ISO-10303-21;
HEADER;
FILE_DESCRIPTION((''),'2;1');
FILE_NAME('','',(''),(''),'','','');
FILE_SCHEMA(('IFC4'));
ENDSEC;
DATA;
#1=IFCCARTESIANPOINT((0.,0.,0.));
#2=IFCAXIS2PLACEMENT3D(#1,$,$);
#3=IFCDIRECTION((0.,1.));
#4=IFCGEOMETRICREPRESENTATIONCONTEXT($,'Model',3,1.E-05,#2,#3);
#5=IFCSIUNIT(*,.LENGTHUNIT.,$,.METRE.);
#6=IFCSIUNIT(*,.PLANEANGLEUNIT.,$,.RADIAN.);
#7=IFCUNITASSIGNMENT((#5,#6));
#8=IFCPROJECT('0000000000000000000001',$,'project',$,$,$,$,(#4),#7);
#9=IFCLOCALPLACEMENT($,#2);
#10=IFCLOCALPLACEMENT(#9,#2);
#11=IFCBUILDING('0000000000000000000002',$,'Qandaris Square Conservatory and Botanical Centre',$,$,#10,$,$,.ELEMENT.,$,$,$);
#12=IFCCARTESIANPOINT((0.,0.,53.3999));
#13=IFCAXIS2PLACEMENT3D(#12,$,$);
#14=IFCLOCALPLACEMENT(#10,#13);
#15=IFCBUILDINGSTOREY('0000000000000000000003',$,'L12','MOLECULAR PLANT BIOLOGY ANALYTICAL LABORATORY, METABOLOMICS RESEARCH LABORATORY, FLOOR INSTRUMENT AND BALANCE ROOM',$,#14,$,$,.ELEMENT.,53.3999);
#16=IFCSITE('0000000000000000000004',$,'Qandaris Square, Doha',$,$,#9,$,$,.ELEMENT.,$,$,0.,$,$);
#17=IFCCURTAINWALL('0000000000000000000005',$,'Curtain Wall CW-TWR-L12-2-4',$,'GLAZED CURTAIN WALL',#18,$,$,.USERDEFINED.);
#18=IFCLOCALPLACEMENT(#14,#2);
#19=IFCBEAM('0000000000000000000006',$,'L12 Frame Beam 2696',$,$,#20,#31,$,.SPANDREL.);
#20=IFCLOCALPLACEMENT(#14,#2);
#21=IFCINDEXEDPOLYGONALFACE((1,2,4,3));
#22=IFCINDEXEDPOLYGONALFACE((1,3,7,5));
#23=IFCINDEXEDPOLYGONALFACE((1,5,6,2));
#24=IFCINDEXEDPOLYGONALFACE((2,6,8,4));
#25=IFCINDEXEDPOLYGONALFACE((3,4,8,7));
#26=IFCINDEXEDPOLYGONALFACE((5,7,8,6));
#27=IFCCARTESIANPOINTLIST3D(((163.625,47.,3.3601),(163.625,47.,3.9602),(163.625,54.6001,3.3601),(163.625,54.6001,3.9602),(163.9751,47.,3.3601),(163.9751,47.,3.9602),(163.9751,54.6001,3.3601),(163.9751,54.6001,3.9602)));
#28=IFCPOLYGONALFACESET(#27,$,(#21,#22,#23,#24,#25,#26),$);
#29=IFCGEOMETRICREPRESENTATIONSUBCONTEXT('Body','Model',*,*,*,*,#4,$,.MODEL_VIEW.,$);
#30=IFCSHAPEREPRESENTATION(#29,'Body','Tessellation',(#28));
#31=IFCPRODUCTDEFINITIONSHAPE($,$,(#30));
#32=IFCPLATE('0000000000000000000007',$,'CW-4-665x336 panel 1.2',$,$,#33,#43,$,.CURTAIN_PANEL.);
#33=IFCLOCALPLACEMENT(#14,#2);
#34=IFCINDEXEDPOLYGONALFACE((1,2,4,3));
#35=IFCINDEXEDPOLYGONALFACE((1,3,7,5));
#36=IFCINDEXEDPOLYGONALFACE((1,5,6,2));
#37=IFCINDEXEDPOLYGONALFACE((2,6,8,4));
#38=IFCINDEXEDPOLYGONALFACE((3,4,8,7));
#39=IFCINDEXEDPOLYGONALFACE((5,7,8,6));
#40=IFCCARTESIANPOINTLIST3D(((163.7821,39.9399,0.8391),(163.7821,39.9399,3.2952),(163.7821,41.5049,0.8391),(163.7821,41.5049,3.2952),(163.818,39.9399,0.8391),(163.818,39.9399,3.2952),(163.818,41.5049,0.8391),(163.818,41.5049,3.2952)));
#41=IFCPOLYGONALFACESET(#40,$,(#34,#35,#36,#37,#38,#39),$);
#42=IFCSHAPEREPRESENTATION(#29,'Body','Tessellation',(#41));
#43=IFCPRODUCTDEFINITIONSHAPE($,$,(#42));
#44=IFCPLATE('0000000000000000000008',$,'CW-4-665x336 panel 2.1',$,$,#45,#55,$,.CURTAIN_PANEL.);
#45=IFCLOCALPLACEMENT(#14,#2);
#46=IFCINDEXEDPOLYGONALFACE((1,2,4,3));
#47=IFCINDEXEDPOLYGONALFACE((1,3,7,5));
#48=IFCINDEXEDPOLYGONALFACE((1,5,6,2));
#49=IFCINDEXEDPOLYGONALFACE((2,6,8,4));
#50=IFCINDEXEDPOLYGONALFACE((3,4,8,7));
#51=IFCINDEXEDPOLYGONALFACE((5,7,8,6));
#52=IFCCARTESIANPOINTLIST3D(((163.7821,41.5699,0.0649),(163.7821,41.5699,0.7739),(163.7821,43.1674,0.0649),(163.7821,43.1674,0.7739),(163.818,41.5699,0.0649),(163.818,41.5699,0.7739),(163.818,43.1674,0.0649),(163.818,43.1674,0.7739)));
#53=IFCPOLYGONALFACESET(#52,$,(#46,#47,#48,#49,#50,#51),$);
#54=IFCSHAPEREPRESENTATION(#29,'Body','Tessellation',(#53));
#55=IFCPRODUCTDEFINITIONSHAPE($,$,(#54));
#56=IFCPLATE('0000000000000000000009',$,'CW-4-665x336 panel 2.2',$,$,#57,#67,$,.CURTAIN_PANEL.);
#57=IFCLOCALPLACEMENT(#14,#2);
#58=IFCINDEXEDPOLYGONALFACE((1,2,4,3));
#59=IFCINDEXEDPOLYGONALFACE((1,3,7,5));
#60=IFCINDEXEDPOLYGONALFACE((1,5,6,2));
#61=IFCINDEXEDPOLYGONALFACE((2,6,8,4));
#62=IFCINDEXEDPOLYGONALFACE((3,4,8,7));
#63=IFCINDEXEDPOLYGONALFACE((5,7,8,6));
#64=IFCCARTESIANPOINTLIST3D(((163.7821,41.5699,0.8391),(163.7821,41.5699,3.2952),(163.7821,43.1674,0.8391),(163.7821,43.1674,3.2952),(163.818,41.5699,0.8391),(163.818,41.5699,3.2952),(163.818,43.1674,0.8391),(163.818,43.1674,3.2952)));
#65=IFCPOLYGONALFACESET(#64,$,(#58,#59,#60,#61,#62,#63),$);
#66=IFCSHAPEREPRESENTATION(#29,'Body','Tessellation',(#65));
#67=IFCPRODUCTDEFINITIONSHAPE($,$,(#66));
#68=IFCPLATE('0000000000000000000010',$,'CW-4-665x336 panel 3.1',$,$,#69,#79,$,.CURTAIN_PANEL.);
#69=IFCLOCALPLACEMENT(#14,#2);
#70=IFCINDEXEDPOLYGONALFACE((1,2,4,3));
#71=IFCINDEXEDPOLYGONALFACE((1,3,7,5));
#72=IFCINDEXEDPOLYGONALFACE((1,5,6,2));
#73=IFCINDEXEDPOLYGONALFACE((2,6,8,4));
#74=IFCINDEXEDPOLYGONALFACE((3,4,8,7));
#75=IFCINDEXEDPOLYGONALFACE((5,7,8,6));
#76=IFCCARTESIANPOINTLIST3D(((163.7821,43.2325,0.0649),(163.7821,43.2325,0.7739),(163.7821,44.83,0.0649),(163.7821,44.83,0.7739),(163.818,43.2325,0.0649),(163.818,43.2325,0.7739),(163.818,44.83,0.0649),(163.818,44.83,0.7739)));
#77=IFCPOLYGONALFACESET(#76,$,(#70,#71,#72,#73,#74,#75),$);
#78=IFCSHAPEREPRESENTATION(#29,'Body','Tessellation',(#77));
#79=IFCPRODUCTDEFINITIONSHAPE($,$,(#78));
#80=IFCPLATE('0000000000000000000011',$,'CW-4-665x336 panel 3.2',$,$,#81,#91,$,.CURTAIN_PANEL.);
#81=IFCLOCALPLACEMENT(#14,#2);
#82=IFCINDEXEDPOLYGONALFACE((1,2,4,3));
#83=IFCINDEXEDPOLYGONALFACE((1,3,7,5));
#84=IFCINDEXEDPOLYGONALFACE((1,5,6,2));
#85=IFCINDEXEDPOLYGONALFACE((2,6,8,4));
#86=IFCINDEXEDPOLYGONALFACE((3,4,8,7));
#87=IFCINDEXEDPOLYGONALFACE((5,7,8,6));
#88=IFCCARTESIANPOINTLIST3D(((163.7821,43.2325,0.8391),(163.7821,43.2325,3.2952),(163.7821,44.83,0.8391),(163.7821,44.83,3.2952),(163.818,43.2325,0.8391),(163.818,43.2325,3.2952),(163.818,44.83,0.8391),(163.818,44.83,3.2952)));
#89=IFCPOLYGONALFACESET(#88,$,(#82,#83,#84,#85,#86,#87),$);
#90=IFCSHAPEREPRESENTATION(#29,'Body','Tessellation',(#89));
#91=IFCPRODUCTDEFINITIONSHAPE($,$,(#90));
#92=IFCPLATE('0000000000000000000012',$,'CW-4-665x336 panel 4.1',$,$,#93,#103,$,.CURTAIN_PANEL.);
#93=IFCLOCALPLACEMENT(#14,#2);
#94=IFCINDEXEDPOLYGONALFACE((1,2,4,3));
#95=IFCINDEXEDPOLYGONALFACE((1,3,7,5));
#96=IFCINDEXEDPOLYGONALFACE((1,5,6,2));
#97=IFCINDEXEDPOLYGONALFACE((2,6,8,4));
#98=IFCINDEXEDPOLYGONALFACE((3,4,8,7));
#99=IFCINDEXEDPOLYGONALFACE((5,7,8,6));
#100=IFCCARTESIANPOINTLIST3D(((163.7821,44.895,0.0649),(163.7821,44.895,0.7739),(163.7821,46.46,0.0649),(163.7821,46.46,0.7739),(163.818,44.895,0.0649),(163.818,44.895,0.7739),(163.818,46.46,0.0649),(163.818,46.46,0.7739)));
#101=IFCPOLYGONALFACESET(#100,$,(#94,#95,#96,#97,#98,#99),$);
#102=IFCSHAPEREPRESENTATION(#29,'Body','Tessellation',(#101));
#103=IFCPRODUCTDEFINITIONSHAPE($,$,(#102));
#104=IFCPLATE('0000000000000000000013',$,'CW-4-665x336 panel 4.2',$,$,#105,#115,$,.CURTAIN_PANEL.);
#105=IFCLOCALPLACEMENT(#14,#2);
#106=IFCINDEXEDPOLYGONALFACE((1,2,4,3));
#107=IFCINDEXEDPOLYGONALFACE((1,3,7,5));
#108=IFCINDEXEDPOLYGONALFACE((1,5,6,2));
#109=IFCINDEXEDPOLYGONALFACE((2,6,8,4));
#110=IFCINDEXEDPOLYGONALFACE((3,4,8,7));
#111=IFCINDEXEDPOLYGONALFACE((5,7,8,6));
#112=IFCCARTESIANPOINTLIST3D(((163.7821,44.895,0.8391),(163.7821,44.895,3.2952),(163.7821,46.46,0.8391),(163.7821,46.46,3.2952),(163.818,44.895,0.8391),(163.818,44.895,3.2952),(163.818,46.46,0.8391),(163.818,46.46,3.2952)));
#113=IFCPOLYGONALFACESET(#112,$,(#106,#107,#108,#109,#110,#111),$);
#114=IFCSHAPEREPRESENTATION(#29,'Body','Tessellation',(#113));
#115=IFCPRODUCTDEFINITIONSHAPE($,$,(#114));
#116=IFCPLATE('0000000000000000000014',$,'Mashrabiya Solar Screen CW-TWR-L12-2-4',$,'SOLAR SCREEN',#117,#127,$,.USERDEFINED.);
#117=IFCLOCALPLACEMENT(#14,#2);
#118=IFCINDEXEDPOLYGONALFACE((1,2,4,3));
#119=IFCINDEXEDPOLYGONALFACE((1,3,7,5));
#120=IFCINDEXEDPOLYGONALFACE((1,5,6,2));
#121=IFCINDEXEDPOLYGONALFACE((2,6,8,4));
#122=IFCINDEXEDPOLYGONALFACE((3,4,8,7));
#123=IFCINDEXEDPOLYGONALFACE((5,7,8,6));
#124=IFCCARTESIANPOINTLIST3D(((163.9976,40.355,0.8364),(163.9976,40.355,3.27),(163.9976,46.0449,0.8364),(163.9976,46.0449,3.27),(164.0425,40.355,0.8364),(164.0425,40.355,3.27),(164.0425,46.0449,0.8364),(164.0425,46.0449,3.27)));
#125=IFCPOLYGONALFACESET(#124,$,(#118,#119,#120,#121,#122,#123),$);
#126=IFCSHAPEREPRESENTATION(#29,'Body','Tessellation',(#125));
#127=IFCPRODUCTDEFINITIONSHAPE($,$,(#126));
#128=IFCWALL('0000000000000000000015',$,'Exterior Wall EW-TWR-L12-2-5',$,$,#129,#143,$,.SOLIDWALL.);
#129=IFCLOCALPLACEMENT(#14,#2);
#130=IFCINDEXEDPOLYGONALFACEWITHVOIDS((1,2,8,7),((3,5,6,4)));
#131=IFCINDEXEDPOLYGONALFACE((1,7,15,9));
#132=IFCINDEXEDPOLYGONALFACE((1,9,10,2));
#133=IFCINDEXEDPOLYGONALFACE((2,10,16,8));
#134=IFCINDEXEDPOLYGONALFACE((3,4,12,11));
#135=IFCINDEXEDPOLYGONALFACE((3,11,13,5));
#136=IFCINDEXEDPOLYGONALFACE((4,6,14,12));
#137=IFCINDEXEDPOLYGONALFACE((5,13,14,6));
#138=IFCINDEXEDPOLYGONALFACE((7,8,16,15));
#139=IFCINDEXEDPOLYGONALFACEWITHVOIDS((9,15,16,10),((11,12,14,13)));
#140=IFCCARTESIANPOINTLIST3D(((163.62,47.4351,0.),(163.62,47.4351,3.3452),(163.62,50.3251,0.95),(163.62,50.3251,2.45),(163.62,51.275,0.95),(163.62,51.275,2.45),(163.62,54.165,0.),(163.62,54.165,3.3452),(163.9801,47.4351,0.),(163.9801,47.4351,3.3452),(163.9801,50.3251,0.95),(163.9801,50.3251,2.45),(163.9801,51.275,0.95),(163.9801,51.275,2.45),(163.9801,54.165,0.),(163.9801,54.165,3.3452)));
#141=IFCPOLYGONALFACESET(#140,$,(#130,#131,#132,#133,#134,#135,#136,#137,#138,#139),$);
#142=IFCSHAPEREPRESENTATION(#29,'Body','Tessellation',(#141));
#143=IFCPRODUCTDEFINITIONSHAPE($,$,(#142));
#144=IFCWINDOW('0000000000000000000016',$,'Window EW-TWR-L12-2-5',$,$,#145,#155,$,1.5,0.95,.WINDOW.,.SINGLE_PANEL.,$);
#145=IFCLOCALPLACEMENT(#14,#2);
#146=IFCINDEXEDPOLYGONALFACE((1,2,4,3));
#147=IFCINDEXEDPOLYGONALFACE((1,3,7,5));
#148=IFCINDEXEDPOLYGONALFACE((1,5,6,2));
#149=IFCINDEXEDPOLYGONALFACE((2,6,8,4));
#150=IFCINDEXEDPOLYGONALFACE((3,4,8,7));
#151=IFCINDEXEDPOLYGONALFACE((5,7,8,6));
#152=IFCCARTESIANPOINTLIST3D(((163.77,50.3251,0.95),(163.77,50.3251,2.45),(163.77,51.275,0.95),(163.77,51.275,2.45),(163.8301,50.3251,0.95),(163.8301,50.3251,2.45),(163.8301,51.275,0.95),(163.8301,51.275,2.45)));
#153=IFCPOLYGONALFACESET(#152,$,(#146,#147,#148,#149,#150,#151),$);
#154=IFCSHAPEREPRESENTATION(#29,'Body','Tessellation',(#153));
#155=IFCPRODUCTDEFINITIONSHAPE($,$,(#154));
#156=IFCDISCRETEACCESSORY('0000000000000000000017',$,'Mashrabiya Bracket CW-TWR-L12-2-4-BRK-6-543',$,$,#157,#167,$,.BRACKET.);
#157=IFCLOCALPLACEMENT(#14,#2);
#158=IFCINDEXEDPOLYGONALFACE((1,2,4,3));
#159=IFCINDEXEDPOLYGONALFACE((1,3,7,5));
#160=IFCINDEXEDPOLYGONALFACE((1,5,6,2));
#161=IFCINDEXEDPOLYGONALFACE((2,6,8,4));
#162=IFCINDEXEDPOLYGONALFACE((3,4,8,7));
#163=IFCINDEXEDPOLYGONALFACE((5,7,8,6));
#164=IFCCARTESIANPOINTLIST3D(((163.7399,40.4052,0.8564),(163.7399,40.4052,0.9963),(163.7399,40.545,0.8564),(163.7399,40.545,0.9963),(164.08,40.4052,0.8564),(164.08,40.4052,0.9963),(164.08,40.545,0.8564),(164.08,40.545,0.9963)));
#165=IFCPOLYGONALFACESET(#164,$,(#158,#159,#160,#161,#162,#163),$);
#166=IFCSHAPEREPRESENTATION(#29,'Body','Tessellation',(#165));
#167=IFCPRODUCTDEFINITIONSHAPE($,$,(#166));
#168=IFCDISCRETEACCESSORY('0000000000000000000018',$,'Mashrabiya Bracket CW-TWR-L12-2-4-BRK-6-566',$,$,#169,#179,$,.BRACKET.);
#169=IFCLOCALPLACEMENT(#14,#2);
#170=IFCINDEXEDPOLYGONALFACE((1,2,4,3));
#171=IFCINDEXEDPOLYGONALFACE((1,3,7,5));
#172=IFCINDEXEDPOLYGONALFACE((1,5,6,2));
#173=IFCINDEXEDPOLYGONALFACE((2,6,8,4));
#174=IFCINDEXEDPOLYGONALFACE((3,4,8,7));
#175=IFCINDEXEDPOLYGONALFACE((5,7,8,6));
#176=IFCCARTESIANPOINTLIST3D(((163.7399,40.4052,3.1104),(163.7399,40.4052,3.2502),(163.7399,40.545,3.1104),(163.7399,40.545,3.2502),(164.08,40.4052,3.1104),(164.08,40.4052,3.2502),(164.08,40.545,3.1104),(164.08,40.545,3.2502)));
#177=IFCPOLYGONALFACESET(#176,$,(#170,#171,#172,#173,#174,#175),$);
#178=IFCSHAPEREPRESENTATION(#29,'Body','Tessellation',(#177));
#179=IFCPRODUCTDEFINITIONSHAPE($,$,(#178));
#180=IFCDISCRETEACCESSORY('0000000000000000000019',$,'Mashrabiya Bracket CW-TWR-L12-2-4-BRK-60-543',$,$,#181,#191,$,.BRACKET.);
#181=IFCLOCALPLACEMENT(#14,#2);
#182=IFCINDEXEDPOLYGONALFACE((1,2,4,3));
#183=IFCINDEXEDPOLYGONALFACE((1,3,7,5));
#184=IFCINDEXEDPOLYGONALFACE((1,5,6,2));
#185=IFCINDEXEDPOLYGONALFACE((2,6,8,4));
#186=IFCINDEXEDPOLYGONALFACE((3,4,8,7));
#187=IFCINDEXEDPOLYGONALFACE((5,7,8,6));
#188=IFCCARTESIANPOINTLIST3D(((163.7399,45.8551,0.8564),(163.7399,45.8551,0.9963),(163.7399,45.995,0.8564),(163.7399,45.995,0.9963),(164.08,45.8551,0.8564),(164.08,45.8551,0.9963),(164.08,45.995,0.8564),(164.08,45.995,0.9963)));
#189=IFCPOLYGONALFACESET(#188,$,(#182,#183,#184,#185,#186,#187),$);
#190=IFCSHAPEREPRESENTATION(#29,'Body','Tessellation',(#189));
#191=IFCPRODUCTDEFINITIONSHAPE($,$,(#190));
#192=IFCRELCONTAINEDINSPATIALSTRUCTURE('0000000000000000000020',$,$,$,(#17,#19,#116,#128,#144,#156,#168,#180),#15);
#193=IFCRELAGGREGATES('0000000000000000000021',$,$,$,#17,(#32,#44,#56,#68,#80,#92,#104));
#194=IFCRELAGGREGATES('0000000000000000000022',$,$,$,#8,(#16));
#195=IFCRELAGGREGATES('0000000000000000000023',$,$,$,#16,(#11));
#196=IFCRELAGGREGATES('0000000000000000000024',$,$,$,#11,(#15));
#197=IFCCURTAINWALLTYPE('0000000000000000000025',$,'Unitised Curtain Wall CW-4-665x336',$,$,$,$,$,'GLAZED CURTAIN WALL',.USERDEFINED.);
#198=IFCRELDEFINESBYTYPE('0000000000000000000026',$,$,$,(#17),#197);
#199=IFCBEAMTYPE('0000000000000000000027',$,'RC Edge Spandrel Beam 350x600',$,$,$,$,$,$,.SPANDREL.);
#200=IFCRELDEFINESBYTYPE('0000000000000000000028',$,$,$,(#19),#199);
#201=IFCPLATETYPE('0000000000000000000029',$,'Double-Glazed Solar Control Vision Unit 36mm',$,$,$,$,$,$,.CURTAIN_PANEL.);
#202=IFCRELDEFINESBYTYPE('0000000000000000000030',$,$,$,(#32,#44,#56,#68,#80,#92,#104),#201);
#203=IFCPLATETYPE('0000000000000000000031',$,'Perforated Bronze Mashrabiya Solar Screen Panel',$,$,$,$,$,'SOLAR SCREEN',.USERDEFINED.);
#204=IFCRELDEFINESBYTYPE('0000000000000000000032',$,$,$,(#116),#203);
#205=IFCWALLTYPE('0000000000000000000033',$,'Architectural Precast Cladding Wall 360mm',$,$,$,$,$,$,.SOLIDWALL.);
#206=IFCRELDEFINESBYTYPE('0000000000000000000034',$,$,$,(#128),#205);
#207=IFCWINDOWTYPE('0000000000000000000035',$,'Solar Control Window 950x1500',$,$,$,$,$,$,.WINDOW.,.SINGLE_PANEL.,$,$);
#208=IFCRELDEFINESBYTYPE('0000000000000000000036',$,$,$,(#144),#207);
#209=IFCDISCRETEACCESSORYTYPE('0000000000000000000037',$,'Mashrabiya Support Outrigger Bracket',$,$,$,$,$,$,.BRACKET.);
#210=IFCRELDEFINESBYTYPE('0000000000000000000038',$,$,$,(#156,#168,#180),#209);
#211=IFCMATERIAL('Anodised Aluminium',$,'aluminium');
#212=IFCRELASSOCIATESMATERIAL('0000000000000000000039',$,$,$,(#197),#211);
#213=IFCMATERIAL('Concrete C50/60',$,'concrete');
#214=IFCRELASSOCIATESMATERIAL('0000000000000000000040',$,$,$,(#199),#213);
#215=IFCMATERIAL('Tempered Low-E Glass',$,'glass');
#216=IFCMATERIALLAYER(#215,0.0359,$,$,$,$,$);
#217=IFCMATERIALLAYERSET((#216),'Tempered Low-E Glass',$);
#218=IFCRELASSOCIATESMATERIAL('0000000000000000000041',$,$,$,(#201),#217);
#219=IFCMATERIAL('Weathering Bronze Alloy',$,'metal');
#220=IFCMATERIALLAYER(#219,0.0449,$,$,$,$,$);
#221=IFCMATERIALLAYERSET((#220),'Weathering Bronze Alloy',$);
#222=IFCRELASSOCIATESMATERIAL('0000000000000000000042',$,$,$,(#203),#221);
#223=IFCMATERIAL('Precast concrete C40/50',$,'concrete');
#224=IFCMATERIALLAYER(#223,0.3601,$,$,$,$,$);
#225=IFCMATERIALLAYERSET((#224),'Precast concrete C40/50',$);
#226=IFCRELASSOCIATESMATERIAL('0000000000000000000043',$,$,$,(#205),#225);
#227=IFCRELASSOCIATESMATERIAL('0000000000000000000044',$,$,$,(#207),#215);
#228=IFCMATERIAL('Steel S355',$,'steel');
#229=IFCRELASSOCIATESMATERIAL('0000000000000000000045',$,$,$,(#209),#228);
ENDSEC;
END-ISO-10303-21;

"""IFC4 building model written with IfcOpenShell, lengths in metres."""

from ifc_helpers import new_model, si_unit, direction, frame, frame_2d, origin, origin_2d, place, context, subcontext, project, spatial, rectangle, extrude, material, layer, layer_set, material_profile, profile_set, type_object, element, fill, aggregate, save


model = new_model("IFC4")

# Units and contexts
model_context = context("Model", 3, precision=1e-05, world=origin(), true_north=direction((0.0, 1.0)))
body_context = subcontext(model_context, "Body", "Model", "MODEL_VIEW")
ifc_project = project(units=[si_unit("LENGTHUNIT", "METRE"), si_unit("PLANEANGLEUNIT", "RADIAN")], contexts=[model_context])

# Site, building, storey
site_placement = place(None, origin())
site = spatial("IfcSite", under=ifc_project, at=site_placement, Name="Qandaris Square, Doha", CompositionType="ELEMENT", RefElevation=0.0)
building_placement = place(site_placement, origin())
building = spatial("IfcBuilding", under=site, at=building_placement, Name="Qandaris Square Conservatory and Botanical Centre", CompositionType="ELEMENT")
storey_placement = place(building_placement, frame((0.0, 0.0, 53.3999)))
storey = spatial("IfcBuildingStorey", under=building, at=storey_placement, Name="L12", Description="MOLECULAR PLANT BIOLOGY ANALYTICAL LABORATORY, METABOLOMICS RESEARCH LABORATORY, FLOOR INSTRUMENT AND BALANCE ROOM", CompositionType="ELEMENT", Elevation=53.3999)

# Shared definitions
ifc_material_1 = material(Name="Concrete C50/60", Category="concrete")

# Curtain wall
ifc_material_2 = material(Name="Anodised Aluminium", Category="aluminium")
curtain_wall_type = type_object("IfcCurtainWallType", Name="Unitised Curtain Wall CW-4-665x336", ElementType="GLAZED CURTAIN WALL", PredefinedType="USERDEFINED", material=ifc_material_2)
curtain_wall_placement = place(storey_placement, origin())
curtain_wall = element("IfcCurtainWall", 1, at=curtain_wall_placement, inside=storey, type_object=curtain_wall_type, Name="Curtain Wall CW-TWR-L12-2-4", ObjectType="GLAZED CURTAIN WALL", PredefinedType="USERDEFINED")

# Beam
ifc_material_profile_1 = material_profile(ifc_material_1, rectangle(XDim=0.3501, YDim=0.6001, at=origin_2d()), Name="RC-SP 350x600")
ifc_profile_set_1 = profile_set([ifc_material_profile_1], Name="Concrete C50/60")
beam_type = type_object("IfcBeamType", Name="RC Edge Spandrel Beam 350x600", PredefinedType="SPANDREL", material=ifc_profile_set_1)
beam_placement = place(storey_placement, frame((163.8, 47.0, 3.6602), z_axis=(0.0, 1.0, 0.0), x_axis=(-1.0, 0.0, 0.0)))
element("IfcBeam", 2, at=beam_placement, inside=storey, type_object=beam_type, Name="L12 Frame Beam 2696", PredefinedType="SPANDREL", context=body_context, shape_type="SweptSolid", body=[
    extrude(rectangle(XDim=0.3501, YDim=0.6001, at=origin_2d()), origin(), (0.0, 0.0, 1.0), 7.6001),
])

# Plates
ifc_material_3 = material(Name="Tempered Low-E Glass", Category="glass")
ifc_layer_1 = layer(ifc_material_3, 0.0359)
ifc_layer_set_1 = layer_set([ifc_layer_1], Name="Tempered Low-E Glass")
plate_type_1 = type_object("IfcPlateType", Name="Double-Glazed Solar Control Vision Unit 36mm", PredefinedType="CURTAIN_PANEL", material=ifc_layer_set_1)
plate_1_placement = place(storey_placement, frame((163.8, 40.7224, 0.8391), z_axis=(0.0, 0.0, 1.0), x_axis=(0.0, 1.0, 0.0)))
plate_1 = element("IfcPlate", 3, at=plate_1_placement, type_object=plate_type_1, Name="CW-4-665x336 panel 1.2", PredefinedType="CURTAIN_PANEL", context=body_context, shape_type="SweptSolid", body=[
    extrude(rectangle(XDim=1.5649, YDim=0.0359, at=origin_2d()), origin(), (0.0, 0.0, 1.0), 2.4561),
])
plate_2_placement = place(storey_placement, frame((163.8, 42.3687, 0.0649), z_axis=(0.0, 0.0, 1.0), x_axis=(0.0, 1.0, 0.0)))
plate_2 = element("IfcPlate", 4, at=plate_2_placement, type_object=plate_type_1, Name="CW-4-665x336 panel 2.1", PredefinedType="CURTAIN_PANEL", context=body_context, shape_type="SweptSolid", body=[
    extrude(rectangle(XDim=1.5974, YDim=0.0359, at=origin_2d()), origin(), (0.0, 0.0, 1.0), 0.709),
])
plate_3_placement = place(storey_placement, frame((163.8, 42.3687, 0.8391), z_axis=(0.0, 0.0, 1.0), x_axis=(0.0, 1.0, 0.0)))
plate_3 = element("IfcPlate", 5, at=plate_3_placement, type_object=plate_type_1, Name="CW-4-665x336 panel 2.2", PredefinedType="CURTAIN_PANEL", context=body_context, shape_type="SweptSolid", body=[
    extrude(rectangle(XDim=1.5974, YDim=0.0359, at=origin_2d()), origin(), (0.0, 0.0, 1.0), 2.4561),
])
plate_4_placement = place(storey_placement, frame((163.8, 44.0312, 0.0649), z_axis=(0.0, 0.0, 1.0), x_axis=(0.0, 1.0, 0.0)))
plate_4 = element("IfcPlate", 6, at=plate_4_placement, type_object=plate_type_1, Name="CW-4-665x336 panel 3.1", PredefinedType="CURTAIN_PANEL", context=body_context, shape_type="SweptSolid", body=[
    extrude(rectangle(XDim=1.5974, YDim=0.0359, at=origin_2d()), origin(), (0.0, 0.0, 1.0), 0.709),
])
plate_5_placement = place(storey_placement, frame((163.8, 44.0312, 0.8391), z_axis=(0.0, 0.0, 1.0), x_axis=(0.0, 1.0, 0.0)))
plate_5 = element("IfcPlate", 7, at=plate_5_placement, type_object=plate_type_1, Name="CW-4-665x336 panel 3.2", PredefinedType="CURTAIN_PANEL", context=body_context, shape_type="SweptSolid", body=[
    extrude(rectangle(XDim=1.5974, YDim=0.0359, at=origin_2d()), origin(), (0.0, 0.0, 1.0), 2.4561),
])
plate_6_placement = place(storey_placement, frame((163.8, 45.6775, 0.0649), z_axis=(0.0, 0.0, 1.0), x_axis=(0.0, 1.0, 0.0)))
plate_6 = element("IfcPlate", 8, at=plate_6_placement, type_object=plate_type_1, Name="CW-4-665x336 panel 4.1", PredefinedType="CURTAIN_PANEL", context=body_context, shape_type="SweptSolid", body=[
    extrude(rectangle(XDim=1.5649, YDim=0.0359, at=origin_2d()), origin(), (0.0, 0.0, 1.0), 0.709),
])
plate_7_placement = place(storey_placement, frame((163.8, 45.6775, 0.8391), z_axis=(0.0, 0.0, 1.0), x_axis=(0.0, 1.0, 0.0)))
plate_7 = element("IfcPlate", 9, at=plate_7_placement, type_object=plate_type_1, Name="CW-4-665x336 panel 4.2", PredefinedType="CURTAIN_PANEL", context=body_context, shape_type="SweptSolid", body=[
    extrude(rectangle(XDim=1.5649, YDim=0.0359, at=origin_2d()), origin(), (0.0, 0.0, 1.0), 2.4561),
])
aggregate(curtain_wall, [plate_1, plate_2, plate_3, plate_4, plate_5, plate_6, plate_7])
ifc_material_4 = material(Name="Weathering Bronze Alloy", Category="metal")
ifc_layer_2 = layer(ifc_material_4, 0.0449)
ifc_layer_set_2 = layer_set([ifc_layer_2], Name="Weathering Bronze Alloy")
plate_type_2 = type_object("IfcPlateType", Name="Perforated Bronze Mashrabiya Solar Screen Panel", ElementType="SOLAR SCREEN", PredefinedType="USERDEFINED", material=ifc_layer_set_2)
plate_8_placement = place(storey_placement, frame((164.02, 43.2, 0.8364), z_axis=(0.0, 0.0, 1.0), x_axis=(0.0, 1.0, 0.0)))
element("IfcPlate", 10, at=plate_8_placement, inside=storey, type_object=plate_type_2, Name="Mashrabiya Solar Screen CW-TWR-L12-2-4", ObjectType="SOLAR SCREEN", PredefinedType="USERDEFINED", context=body_context, shape_type="SweptSolid", body=[
    extrude(rectangle(XDim=5.6899, YDim=0.0449, at=origin_2d()), origin(), (0.0, 0.0, 1.0), 2.4336),
])

# Wall, opening, window
ifc_material_5 = material(Name="Precast concrete C40/50", Category="concrete")
ifc_layer_3 = layer(ifc_material_5, 0.3601)
ifc_layer_set_3 = layer_set([ifc_layer_3], Name="Precast concrete C40/50")
wall_type = type_object("IfcWallType", Name="Architectural Precast Cladding Wall 360mm", PredefinedType="SOLIDWALL", material=ifc_layer_set_3)
wall_placement = place(storey_placement, frame((163.8, 47.4351, 0.0), z_axis=(0.0, 0.0, 1.0), x_axis=(0.0, 1.0, 0.0)))
wall = element("IfcWall", 11, at=wall_placement, inside=storey, type_object=wall_type, Name="Exterior Wall EW-TWR-L12-2-5", PredefinedType="SOLIDWALL", context=body_context, shape_type="SweptSolid", body=[
    extrude(rectangle(XDim=6.73, YDim=0.3601, at=frame_2d((3.365, 0.0))), origin(), (0.0, 0.0, 1.0), 3.3452),
])
opening_placement = place(wall_placement, frame((2.8899, 0.0, 0.95)))
opening = element("IfcOpeningElement", 12, at=opening_placement, cuts=wall, PredefinedType="OPENING", context=body_context, shape_type="SweptSolid", body=[
    extrude(rectangle(XDim=0.95, YDim=1.5, at=frame_2d((0.4751, 0.75))), frame((0.0, 0.1919, 0.0), z_axis=(0.0, -1.0, 0.0), x_axis=(1.0, 0.0, 0.0)), (0.0, 0.0, 1.0), 0.384),
])
window_type = type_object("IfcWindowType", Name="Solar Control Window 950x1500", PartitioningType="SINGLE_PANEL", PredefinedType="WINDOW", material=ifc_material_3)
window_placement = place(opening_placement, origin())
window = element("IfcWindow", 13, at=window_placement, inside=storey, type_object=window_type, Name="Window EW-TWR-L12-2-5", OverallHeight=1.5, OverallWidth=0.95, PartitioningType="SINGLE_PANEL", PredefinedType="WINDOW", context=body_context, shape_type="SweptSolid", body=[
    extrude(rectangle(XDim=0.95, YDim=1.5, at=frame_2d((0.4751, 0.75))), frame((0.0, 0.03, 0.0), z_axis=(0.0, -1.0, 0.0), x_axis=(1.0, 0.0, 0.0)), (0.0, 0.0, 1.0), 0.0601),
])
fill(opening, window)

# Discrete accessories
ifc_material_6 = material(Name="Steel S355", Category="steel")
discrete_accessory_type = type_object("IfcDiscreteAccessoryType", Name="Mashrabiya Support Outrigger Bracket", PredefinedType="BRACKET", material=ifc_material_6)
for number, where, z_axis, x_axis, name in (
    (14, (163.9099, 40.4751, 0.8564), (0.0, 0.0, 1.0), (0.0, 1.0, 0.0), "Mashrabiya Bracket CW-TWR-L12-2-4-BRK-6-543"),
    (15, (163.9099, 40.4751, 3.1104), (0.0, 0.0, 1.0), (0.0, 1.0, 0.0), "Mashrabiya Bracket CW-TWR-L12-2-4-BRK-6-566"),
    (16, (163.9099, 45.925, 0.8564), (0.0, 0.0, 1.0), (0.0, 1.0, 0.0), "Mashrabiya Bracket CW-TWR-L12-2-4-BRK-60-543"),
):
    element("IfcDiscreteAccessory", number, at=place(storey_placement, frame(where, z_axis=z_axis, x_axis=x_axis)), inside=storey, type_object=discrete_accessory_type, Name=name, PredefinedType="BRACKET", context=body_context, shape_type="SweptSolid", body=[
        extrude(rectangle(XDim=0.1399, YDim=0.3401, at=origin_2d()), origin(), (0.0, 0.0, 1.0), 0.1399),
    ])

save(model, "model.ifc")
